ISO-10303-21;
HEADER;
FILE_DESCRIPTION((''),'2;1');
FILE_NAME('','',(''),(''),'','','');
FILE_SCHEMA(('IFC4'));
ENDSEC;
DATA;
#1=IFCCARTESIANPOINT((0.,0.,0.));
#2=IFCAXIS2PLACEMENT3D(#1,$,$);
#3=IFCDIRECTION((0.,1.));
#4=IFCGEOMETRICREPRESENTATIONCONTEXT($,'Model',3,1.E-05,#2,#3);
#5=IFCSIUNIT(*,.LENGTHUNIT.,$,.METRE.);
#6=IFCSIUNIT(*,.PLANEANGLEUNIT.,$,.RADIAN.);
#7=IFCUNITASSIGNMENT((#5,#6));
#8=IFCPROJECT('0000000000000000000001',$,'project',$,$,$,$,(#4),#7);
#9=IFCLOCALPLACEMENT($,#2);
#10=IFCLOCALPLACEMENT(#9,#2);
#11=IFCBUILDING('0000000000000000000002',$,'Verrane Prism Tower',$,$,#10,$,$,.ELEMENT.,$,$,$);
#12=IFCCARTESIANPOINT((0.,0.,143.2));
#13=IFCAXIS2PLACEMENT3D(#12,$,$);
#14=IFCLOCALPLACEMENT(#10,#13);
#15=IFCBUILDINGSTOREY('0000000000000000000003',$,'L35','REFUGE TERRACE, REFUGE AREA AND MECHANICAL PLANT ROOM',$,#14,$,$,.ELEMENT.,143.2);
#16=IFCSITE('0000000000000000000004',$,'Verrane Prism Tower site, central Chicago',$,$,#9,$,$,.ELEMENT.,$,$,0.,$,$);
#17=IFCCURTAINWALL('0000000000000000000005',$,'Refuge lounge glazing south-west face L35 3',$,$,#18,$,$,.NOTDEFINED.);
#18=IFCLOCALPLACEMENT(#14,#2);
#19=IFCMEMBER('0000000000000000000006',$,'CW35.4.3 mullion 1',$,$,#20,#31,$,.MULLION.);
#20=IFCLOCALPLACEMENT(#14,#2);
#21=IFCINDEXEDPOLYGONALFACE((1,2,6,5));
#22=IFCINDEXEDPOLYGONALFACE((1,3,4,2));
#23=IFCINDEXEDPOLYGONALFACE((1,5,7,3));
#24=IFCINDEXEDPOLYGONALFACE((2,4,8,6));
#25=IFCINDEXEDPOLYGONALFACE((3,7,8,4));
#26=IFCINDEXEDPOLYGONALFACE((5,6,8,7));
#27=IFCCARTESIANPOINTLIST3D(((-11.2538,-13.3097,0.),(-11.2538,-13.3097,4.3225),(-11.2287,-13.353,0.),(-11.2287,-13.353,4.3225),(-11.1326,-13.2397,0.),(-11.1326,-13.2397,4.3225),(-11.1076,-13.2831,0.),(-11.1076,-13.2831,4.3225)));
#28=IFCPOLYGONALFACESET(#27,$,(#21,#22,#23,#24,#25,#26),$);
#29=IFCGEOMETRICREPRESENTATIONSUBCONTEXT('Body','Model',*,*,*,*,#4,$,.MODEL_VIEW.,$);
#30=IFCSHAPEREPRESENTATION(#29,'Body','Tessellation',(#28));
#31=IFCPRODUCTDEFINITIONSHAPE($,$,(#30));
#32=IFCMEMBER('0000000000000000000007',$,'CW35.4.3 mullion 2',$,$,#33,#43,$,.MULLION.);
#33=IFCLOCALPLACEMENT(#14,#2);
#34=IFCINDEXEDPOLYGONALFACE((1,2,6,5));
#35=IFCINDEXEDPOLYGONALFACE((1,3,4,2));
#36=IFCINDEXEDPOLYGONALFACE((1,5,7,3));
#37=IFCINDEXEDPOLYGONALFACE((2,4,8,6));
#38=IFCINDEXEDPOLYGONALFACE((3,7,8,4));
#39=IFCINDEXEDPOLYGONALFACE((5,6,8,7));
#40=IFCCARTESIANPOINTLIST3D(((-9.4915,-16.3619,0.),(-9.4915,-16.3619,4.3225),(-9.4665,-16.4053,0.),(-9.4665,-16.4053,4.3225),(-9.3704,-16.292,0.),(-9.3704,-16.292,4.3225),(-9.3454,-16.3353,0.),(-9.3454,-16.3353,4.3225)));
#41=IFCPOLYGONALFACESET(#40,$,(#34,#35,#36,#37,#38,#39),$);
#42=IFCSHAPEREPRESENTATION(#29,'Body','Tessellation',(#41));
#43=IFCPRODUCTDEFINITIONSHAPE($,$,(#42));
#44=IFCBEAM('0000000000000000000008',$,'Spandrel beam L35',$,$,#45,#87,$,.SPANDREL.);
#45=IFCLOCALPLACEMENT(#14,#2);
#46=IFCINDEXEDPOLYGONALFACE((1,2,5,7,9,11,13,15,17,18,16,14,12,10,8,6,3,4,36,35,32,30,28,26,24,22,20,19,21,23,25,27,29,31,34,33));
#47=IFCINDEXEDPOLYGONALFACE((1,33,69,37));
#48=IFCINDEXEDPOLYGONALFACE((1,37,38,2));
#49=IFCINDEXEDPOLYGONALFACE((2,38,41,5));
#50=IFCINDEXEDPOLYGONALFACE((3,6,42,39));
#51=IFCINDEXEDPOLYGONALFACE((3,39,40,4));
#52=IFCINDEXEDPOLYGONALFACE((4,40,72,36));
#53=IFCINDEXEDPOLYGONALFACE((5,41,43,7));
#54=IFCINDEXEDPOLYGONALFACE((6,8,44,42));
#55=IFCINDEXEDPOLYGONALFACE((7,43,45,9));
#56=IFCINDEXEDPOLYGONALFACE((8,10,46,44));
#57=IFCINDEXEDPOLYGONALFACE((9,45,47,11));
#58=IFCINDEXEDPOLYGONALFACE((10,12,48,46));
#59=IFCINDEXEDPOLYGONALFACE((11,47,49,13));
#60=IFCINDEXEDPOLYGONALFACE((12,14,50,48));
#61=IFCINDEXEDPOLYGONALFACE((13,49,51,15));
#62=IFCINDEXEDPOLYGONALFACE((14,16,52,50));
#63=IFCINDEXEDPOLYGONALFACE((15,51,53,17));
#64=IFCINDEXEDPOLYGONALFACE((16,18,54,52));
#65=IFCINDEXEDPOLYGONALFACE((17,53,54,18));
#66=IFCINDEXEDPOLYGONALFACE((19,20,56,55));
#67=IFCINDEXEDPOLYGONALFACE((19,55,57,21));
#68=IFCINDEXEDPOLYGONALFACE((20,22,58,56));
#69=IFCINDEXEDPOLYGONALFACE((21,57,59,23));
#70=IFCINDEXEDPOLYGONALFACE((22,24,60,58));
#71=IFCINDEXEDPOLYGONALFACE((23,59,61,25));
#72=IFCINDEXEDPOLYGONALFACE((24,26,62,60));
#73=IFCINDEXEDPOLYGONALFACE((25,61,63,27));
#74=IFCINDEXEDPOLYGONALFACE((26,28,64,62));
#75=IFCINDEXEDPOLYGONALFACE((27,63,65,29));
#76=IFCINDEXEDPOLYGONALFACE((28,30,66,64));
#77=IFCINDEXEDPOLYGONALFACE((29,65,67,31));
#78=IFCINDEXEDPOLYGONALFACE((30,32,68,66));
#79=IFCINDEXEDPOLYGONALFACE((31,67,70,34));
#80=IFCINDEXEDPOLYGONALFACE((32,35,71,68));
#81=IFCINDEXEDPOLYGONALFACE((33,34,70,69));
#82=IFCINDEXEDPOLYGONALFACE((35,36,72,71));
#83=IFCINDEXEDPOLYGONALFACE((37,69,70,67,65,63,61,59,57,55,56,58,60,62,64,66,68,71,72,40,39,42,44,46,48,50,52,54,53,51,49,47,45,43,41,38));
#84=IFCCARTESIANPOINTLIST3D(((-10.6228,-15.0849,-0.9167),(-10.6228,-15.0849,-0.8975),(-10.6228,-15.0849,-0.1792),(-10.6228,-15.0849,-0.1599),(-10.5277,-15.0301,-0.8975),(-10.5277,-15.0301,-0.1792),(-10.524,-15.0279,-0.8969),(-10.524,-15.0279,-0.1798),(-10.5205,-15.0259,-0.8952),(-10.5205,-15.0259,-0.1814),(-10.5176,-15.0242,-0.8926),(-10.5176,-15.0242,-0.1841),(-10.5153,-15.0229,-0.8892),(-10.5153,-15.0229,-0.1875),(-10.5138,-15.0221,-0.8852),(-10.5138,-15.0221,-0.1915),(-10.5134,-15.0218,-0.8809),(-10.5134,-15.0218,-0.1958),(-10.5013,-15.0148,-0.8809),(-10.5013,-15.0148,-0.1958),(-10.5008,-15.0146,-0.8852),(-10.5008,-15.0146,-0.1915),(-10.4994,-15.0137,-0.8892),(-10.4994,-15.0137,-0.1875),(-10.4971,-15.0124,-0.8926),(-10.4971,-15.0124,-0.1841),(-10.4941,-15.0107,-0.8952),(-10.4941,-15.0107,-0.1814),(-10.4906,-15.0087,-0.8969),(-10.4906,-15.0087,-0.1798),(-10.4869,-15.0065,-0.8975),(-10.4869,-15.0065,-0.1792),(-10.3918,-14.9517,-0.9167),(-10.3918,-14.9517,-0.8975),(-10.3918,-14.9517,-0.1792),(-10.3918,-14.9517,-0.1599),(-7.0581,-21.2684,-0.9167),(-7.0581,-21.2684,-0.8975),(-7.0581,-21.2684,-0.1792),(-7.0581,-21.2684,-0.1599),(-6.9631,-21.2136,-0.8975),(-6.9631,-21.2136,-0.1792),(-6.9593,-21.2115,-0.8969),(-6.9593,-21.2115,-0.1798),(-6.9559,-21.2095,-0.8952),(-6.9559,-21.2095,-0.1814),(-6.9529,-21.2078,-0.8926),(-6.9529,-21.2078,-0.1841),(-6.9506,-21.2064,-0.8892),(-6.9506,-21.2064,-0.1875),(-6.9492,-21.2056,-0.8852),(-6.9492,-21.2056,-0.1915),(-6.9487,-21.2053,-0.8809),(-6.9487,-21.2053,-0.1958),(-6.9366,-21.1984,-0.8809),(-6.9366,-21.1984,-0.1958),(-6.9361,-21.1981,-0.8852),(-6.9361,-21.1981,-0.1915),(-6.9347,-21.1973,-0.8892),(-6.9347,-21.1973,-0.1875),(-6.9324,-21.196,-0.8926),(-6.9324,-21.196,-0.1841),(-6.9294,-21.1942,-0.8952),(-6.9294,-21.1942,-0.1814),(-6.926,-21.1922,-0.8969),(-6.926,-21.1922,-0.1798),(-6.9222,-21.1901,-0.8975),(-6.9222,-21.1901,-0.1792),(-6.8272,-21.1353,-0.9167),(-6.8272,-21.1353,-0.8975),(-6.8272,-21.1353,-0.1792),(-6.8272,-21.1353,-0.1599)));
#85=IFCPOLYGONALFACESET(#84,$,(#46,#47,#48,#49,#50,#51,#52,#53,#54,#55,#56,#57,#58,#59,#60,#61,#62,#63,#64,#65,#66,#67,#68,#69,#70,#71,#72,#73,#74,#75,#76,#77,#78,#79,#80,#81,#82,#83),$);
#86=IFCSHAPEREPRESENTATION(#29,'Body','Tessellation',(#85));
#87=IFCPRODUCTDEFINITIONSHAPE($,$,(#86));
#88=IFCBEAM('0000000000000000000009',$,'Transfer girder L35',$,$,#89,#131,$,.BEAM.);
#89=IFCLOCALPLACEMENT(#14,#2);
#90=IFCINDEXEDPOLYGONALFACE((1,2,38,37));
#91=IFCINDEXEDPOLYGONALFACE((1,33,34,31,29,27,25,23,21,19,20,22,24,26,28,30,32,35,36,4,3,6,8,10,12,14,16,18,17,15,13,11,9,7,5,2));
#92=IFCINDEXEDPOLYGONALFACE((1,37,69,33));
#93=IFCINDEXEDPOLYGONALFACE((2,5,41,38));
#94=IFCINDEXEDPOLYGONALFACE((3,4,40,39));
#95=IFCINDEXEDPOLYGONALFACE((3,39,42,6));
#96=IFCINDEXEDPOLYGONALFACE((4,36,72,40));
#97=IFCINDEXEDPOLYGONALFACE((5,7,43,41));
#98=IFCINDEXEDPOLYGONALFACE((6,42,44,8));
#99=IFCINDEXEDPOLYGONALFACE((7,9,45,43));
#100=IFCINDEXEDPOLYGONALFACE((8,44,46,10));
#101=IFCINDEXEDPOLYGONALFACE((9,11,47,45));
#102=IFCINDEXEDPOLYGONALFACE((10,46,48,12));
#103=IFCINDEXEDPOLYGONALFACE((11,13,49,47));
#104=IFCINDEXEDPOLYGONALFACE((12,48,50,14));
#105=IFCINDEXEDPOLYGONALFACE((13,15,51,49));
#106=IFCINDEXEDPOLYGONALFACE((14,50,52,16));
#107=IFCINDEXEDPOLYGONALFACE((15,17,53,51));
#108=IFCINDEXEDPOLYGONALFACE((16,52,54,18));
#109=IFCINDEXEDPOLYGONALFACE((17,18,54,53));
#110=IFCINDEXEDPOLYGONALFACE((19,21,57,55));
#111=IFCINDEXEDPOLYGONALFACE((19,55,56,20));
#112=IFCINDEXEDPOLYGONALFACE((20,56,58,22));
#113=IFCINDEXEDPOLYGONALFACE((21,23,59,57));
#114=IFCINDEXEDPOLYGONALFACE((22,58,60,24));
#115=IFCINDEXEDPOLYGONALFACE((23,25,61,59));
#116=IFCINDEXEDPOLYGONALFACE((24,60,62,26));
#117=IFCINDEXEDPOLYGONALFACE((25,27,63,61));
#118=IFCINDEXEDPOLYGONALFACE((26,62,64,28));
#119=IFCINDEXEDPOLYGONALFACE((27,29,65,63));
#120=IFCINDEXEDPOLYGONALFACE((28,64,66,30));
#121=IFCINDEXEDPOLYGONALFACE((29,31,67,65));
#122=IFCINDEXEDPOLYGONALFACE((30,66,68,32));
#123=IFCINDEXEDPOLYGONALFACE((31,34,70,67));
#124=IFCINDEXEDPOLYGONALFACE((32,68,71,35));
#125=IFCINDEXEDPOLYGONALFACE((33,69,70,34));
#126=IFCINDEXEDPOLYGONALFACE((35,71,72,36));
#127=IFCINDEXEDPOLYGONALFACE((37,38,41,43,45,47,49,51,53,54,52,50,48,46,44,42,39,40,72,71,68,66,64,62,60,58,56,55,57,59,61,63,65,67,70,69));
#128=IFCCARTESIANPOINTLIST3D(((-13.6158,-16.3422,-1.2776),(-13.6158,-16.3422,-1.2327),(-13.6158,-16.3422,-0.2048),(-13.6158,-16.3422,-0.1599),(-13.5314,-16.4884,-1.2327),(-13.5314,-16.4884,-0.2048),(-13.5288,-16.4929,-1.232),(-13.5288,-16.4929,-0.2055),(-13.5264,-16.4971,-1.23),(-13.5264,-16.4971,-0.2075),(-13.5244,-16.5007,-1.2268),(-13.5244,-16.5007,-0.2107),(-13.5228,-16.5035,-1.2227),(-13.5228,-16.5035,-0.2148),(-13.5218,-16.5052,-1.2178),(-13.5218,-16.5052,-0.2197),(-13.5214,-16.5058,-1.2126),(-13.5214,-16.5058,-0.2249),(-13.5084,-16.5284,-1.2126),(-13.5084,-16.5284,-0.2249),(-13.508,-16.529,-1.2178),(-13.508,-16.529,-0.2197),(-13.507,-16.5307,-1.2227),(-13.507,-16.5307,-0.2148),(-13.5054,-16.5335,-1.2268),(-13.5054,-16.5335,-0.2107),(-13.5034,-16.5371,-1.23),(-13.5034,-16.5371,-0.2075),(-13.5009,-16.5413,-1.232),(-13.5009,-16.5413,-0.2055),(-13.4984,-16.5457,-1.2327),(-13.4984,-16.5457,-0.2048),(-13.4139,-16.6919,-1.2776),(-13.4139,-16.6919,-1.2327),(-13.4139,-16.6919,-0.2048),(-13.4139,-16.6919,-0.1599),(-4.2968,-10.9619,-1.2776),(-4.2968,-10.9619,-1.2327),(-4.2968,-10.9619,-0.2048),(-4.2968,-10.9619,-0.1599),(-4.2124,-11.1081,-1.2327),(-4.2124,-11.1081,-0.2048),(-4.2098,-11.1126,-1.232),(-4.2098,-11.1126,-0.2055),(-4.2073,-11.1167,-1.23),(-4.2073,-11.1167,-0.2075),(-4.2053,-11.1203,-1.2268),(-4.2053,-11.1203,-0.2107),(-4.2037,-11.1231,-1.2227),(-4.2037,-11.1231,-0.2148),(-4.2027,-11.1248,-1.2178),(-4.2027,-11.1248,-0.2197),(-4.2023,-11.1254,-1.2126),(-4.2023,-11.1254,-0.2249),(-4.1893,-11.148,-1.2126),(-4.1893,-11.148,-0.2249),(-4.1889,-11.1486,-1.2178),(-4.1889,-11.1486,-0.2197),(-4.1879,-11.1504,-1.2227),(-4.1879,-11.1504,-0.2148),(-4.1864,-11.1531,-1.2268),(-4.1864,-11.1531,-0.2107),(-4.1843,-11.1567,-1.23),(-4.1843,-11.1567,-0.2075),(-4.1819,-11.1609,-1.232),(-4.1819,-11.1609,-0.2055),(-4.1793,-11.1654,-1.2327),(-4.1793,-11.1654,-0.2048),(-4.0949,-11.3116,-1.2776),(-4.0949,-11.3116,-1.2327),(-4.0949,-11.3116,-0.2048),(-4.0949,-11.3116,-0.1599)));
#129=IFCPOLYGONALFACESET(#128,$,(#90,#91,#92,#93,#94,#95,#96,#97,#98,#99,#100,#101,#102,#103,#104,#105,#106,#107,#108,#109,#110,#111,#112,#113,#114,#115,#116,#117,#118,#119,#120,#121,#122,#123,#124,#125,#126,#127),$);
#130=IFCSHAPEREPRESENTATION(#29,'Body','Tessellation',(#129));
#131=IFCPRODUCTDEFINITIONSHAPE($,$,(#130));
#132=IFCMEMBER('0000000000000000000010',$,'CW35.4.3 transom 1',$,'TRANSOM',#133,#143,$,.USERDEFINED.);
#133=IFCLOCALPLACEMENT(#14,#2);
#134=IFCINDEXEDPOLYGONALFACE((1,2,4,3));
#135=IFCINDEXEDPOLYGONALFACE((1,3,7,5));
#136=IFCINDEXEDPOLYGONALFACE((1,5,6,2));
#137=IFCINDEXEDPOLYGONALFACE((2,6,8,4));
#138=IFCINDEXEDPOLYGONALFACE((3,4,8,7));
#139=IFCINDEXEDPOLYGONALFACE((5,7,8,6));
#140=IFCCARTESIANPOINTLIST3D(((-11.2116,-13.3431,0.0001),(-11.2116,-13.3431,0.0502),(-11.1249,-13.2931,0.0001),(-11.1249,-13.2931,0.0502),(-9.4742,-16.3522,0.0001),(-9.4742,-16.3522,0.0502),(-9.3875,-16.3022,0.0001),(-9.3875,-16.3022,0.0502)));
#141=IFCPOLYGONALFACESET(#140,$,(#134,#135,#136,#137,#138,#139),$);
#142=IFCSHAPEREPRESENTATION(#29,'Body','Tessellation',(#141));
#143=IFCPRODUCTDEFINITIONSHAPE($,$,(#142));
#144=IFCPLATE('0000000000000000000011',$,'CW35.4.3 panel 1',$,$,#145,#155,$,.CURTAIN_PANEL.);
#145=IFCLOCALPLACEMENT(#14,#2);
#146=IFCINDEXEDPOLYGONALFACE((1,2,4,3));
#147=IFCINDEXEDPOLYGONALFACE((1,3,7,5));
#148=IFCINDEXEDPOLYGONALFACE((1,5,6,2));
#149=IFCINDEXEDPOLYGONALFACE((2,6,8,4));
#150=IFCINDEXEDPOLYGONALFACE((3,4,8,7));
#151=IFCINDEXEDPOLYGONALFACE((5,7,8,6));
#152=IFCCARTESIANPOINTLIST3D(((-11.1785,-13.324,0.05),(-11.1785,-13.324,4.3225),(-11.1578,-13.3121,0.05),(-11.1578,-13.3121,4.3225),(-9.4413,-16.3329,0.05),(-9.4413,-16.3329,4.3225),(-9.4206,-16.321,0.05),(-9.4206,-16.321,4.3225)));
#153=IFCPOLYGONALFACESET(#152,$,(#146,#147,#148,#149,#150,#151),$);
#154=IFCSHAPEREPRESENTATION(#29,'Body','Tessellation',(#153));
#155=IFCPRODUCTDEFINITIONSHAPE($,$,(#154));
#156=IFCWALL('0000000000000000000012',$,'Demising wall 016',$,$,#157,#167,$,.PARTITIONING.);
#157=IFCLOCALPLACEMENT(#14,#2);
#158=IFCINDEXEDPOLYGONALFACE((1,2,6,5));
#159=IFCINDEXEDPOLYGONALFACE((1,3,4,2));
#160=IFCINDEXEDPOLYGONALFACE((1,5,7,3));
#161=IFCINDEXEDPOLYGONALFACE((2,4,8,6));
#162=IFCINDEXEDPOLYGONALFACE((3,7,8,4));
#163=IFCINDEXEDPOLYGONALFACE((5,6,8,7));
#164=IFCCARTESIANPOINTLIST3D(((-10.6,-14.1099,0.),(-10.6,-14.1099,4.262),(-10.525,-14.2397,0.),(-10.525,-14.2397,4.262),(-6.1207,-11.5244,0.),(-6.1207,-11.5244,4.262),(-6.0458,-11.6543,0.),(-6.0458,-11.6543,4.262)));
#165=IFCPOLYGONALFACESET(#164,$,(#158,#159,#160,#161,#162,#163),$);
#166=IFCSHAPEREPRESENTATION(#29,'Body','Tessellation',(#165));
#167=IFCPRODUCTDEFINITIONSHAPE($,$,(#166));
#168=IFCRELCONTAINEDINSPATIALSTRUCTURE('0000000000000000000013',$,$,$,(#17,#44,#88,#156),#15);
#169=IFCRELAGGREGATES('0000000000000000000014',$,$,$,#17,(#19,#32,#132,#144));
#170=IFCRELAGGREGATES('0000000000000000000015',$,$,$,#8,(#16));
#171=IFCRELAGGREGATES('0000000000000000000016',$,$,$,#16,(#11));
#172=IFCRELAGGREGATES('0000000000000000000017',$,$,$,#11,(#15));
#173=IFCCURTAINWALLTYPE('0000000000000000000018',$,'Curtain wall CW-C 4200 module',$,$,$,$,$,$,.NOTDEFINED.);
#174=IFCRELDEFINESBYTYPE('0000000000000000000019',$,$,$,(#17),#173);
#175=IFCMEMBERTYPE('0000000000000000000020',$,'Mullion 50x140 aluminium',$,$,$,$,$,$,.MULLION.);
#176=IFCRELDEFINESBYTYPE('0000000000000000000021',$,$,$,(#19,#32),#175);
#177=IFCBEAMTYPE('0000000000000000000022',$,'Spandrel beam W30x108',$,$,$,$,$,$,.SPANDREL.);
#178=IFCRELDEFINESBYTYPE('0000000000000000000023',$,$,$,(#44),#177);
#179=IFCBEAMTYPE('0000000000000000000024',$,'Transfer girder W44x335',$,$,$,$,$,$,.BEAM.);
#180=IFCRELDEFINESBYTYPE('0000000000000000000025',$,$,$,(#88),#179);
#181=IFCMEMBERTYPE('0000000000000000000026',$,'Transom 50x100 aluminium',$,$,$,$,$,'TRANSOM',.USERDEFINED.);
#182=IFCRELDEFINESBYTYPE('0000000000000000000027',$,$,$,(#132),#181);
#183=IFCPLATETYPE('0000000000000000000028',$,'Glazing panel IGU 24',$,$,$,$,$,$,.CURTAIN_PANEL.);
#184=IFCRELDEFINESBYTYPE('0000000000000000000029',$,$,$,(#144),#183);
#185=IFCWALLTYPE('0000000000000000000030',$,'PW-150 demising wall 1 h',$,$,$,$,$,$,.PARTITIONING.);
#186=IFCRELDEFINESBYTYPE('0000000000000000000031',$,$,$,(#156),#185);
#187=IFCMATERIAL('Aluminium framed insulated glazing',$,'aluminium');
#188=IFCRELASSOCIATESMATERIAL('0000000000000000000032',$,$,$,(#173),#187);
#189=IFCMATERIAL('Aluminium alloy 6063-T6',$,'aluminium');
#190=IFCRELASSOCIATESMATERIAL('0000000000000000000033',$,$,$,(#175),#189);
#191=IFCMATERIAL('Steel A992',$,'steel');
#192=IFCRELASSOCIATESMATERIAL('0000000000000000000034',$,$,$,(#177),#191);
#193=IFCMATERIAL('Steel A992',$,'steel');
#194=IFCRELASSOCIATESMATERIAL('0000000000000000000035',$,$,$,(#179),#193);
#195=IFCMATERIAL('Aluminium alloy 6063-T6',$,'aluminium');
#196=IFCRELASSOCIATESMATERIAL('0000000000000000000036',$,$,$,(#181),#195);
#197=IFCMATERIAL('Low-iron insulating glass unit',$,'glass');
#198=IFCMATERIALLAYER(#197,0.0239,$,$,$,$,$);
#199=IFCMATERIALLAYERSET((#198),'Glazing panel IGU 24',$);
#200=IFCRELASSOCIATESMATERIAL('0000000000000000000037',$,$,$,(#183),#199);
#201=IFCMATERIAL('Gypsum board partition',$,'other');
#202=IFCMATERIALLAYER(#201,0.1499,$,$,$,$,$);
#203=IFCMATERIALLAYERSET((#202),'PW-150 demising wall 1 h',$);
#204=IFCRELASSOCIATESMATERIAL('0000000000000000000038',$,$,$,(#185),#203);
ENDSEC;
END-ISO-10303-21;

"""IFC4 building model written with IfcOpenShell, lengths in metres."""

from ifc_helpers import new_model, si_unit, direction, frame, frame_2d, origin, origin_2d, place, context, subcontext, project, spatial, rectangle, i_section, extrude, material, layer, layer_set, material_profile, profile_set, type_object, element, aggregate, save


model = new_model("IFC4")

# Units and contexts
model_context = context("Model", 3, precision=1e-05, world=origin(), true_north=direction((0.0, 1.0)))
body_context = subcontext(model_context, "Body", "Model", "MODEL_VIEW")
ifc_project = project(units=[si_unit("LENGTHUNIT", "METRE"), si_unit("PLANEANGLEUNIT", "RADIAN")], contexts=[model_context])

# Site, building, storey
site_placement = place(None, origin())
site = spatial("IfcSite", under=ifc_project, at=site_placement, Name="Verrane Prism Tower site, central Chicago", CompositionType="ELEMENT", RefElevation=0.0)
building_placement = place(site_placement, origin())
building = spatial("IfcBuilding", under=site, at=building_placement, Name="Verrane Prism Tower", CompositionType="ELEMENT")
storey_placement = place(building_placement, frame((0.0, 0.0, 143.2)))
storey = spatial("IfcBuildingStorey", under=building, at=storey_placement, Name="L35", Description="REFUGE TERRACE, REFUGE AREA AND MECHANICAL PLANT ROOM", CompositionType="ELEMENT", Elevation=143.2)

# Curtain wall, members
ifc_material_1 = material(Name="Aluminium framed insulated glazing", Category="aluminium")
curtain_wall_type = type_object("IfcCurtainWallType", Name="Curtain wall CW-C 4200 module", PredefinedType="NOTDEFINED", material=ifc_material_1)
curtain_wall_placement = place(storey_placement, origin())
curtain_wall = element("IfcCurtainWall", 1, at=curtain_wall_placement, inside=storey, type_object=curtain_wall_type, Name="Refuge lounge glazing south-west face L35 3", PredefinedType="NOTDEFINED")
ifc_material_2 = material(Name="Aluminium alloy 6063-T6", Category="aluminium")
ifc_material_profile_1 = material_profile(ifc_material_2, rectangle(XDim=0.1399, YDim=0.05, at=origin_2d()), Name="Mullion 50x140 aluminium")
ifc_profile_set_1 = profile_set([ifc_material_profile_1], Name="Aluminium alloy 6063-T6")
member_type_1 = type_object("IfcMemberType", Name="Mullion 50x140 aluminium", PredefinedType="MULLION", material=ifc_profile_set_1)
member_1_placement = place(storey_placement, frame((-11.1807, -13.2964, 0.0), z_axis=(0.0, 0.0, 1.0), x_axis=(0.866031, 0.49999, 0.0)))
member_1 = element("IfcMember", 2, at=member_1_placement, type_object=member_type_1, Name="CW35.4.3 mullion 1", PredefinedType="MULLION", context=body_context, shape_type="SweptSolid", body=[
    extrude(rectangle(XDim=0.1399, YDim=0.05, at=origin_2d()), origin(), (0.0, 0.0, 1.0), 4.3225),
])
member_2_placement = place(storey_placement, frame((-9.4185, -16.3486, 0.0), z_axis=(0.0, 0.0, 1.0), x_axis=(0.866031, 0.49999, 0.0)))
member_2 = element("IfcMember", 3, at=member_2_placement, type_object=member_type_1, Name="CW35.4.3 mullion 2", PredefinedType="MULLION", context=body_context, shape_type="SweptSolid", body=[
    extrude(rectangle(XDim=0.1399, YDim=0.05, at=origin_2d()), origin(), (0.0, 0.0, 1.0), 4.3225),
])

# Beams
ifc_material_3 = material(Name="Steel A992", Category="steel")
ifc_material_profile_2 = material_profile(ifc_material_3, i_section(OverallWidth=0.2666, OverallDepth=0.7568, WebThickness=0.0139, FlangeThickness=0.0193, FilletRadius=0.0166, at=origin_2d()), Name="W30x108")
ifc_profile_set_2 = profile_set([ifc_material_profile_2], Name="Steel A992")
beam_type_1 = type_object("IfcBeamType", Name="Spandrel beam W30x108", PredefinedType="SPANDREL", material=ifc_profile_set_2)
beam_1_placement = place(storey_placement, frame((-10.5073, -15.0183, -0.5383), z_axis=(0.499432, -0.866353, 0.0), x_axis=(0.866353, 0.499432, 0.0)))
element("IfcBeam", 4, at=beam_1_placement, inside=storey, type_object=beam_type_1, Name="Spandrel beam L35", PredefinedType="SPANDREL", context=body_context, shape_type="SweptSolid", body=[
    extrude(i_section(OverallWidth=0.2666, OverallDepth=0.7568, WebThickness=0.0139, FlangeThickness=0.0193, FilletRadius=0.0166, at=origin_2d()), origin(), (0.0, 0.0, 1.0), 7.1375),
])
ifc_material_4 = material(Name="Steel A992", Category="steel")
ifc_material_profile_3 = material_profile(ifc_material_4, i_section(OverallWidth=0.4038, OverallDepth=1.1177, WebThickness=0.0261, FlangeThickness=0.0449, FilletRadius=0.02, at=origin_2d()), Name="W44x335")
ifc_profile_set_3 = profile_set([ifc_material_profile_3], Name="Steel A992")
beam_type_2 = type_object("IfcBeamType", Name="Transfer girder W44x335", PredefinedType="BEAM", material=ifc_profile_set_3)
beam_2_placement = place(storey_placement, frame((-13.5149, -16.5171, -0.7188), z_axis=(0.866026, 0.499999, 0.0), x_axis=(-0.499999, 0.866026, 0.0)))
element("IfcBeam", 5, at=beam_2_placement, inside=storey, type_object=beam_type_2, Name="Transfer girder L35", PredefinedType="BEAM", context=body_context, shape_type="SweptSolid", body=[
    extrude(i_section(OverallWidth=0.4038, OverallDepth=1.1177, WebThickness=0.0261, FlangeThickness=0.0449, FilletRadius=0.02, at=origin_2d()), origin(), (0.0, 0.0, 1.0), 10.7607),
])

# Member
ifc_material_5 = material(Name="Aluminium alloy 6063-T6", Category="aluminium")
ifc_material_profile_4 = material_profile(ifc_material_5, rectangle(XDim=0.1001, YDim=0.05, at=origin_2d()), Name="Transom 50x100 aluminium")
ifc_profile_set_4 = profile_set([ifc_material_profile_4], Name="Aluminium alloy 6063-T6")
member_type_2 = type_object("IfcMemberType", Name="Transom 50x100 aluminium", ElementType="TRANSOM", PredefinedType="USERDEFINED", material=ifc_profile_set_4)
member_3_placement = place(storey_placement, frame((-11.1682, -13.3181, 0.0251), z_axis=(0.500008, -0.866021, 0.0), x_axis=(0.866021, 0.500008, 0.0)))
member_3 = element("IfcMember", 6, at=member_3_placement, type_object=member_type_2, Name="CW35.4.3 transom 1", ObjectType="TRANSOM", PredefinedType="USERDEFINED", context=body_context, shape_type="SweptSolid", body=[
    extrude(rectangle(XDim=0.1001, YDim=0.05, at=origin_2d()), origin(), (0.0, 0.0, 1.0), 3.4746),
])

# Plate
ifc_material_6 = material(Name="Low-iron insulating glass unit", Category="glass")
ifc_layer_1 = layer(ifc_material_6, 0.0239)
ifc_layer_set_1 = layer_set([ifc_layer_1], Name="Glazing panel IGU 24")
plate_type = type_object("IfcPlateType", Name="Glazing panel IGU 24", PredefinedType="CURTAIN_PANEL", material=ifc_layer_set_1)
plate_placement = place(storey_placement, frame((-10.2996, -14.8225, 0.05), z_axis=(0.0, 0.0, 1.0), x_axis=(0.49999, -0.866031, 0.0)))
plate = element("IfcPlate", 7, at=plate_placement, type_object=plate_type, Name="CW35.4.3 panel 1", PredefinedType="CURTAIN_PANEL", context=body_context, shape_type="SweptSolid", body=[
    extrude(rectangle(XDim=3.4744, YDim=0.0239, at=origin_2d()), origin(), (0.0, 0.0, 1.0), 4.2725),
])
aggregate(curtain_wall, [member_1, member_2, member_3, plate])

# Wall
ifc_material_7 = material(Name="Gypsum board partition", Category="other")
ifc_layer_2 = layer(ifc_material_7, 0.1499)
ifc_layer_set_2 = layer_set([ifc_layer_2], Name="PW-150 demising wall 1 h")
wall_type_1 = type_object("IfcWallType", Name="PW-150 demising wall 1 h", PredefinedType="PARTITIONING", material=ifc_layer_set_2)
wall_1_placement = place(storey_placement, frame((-10.5625, -14.1748, 0.0), z_axis=(0.0, 0.0, 1.0), x_axis=(0.866079, 0.499906, 0.0)))
element("IfcWall", 8, at=wall_1_placement, inside=storey, type_object=wall_type_1, Name="Demising wall 016", PredefinedType="PARTITIONING", context=body_context, shape_type="SweptSolid", body=[
    extrude(rectangle(XDim=5.1719, YDim=0.1499, at=frame_2d((2.5859, 0.0))), origin(), (0.0, 0.0, 1.0), 4.262),
])

save(model, "model.ifc")
